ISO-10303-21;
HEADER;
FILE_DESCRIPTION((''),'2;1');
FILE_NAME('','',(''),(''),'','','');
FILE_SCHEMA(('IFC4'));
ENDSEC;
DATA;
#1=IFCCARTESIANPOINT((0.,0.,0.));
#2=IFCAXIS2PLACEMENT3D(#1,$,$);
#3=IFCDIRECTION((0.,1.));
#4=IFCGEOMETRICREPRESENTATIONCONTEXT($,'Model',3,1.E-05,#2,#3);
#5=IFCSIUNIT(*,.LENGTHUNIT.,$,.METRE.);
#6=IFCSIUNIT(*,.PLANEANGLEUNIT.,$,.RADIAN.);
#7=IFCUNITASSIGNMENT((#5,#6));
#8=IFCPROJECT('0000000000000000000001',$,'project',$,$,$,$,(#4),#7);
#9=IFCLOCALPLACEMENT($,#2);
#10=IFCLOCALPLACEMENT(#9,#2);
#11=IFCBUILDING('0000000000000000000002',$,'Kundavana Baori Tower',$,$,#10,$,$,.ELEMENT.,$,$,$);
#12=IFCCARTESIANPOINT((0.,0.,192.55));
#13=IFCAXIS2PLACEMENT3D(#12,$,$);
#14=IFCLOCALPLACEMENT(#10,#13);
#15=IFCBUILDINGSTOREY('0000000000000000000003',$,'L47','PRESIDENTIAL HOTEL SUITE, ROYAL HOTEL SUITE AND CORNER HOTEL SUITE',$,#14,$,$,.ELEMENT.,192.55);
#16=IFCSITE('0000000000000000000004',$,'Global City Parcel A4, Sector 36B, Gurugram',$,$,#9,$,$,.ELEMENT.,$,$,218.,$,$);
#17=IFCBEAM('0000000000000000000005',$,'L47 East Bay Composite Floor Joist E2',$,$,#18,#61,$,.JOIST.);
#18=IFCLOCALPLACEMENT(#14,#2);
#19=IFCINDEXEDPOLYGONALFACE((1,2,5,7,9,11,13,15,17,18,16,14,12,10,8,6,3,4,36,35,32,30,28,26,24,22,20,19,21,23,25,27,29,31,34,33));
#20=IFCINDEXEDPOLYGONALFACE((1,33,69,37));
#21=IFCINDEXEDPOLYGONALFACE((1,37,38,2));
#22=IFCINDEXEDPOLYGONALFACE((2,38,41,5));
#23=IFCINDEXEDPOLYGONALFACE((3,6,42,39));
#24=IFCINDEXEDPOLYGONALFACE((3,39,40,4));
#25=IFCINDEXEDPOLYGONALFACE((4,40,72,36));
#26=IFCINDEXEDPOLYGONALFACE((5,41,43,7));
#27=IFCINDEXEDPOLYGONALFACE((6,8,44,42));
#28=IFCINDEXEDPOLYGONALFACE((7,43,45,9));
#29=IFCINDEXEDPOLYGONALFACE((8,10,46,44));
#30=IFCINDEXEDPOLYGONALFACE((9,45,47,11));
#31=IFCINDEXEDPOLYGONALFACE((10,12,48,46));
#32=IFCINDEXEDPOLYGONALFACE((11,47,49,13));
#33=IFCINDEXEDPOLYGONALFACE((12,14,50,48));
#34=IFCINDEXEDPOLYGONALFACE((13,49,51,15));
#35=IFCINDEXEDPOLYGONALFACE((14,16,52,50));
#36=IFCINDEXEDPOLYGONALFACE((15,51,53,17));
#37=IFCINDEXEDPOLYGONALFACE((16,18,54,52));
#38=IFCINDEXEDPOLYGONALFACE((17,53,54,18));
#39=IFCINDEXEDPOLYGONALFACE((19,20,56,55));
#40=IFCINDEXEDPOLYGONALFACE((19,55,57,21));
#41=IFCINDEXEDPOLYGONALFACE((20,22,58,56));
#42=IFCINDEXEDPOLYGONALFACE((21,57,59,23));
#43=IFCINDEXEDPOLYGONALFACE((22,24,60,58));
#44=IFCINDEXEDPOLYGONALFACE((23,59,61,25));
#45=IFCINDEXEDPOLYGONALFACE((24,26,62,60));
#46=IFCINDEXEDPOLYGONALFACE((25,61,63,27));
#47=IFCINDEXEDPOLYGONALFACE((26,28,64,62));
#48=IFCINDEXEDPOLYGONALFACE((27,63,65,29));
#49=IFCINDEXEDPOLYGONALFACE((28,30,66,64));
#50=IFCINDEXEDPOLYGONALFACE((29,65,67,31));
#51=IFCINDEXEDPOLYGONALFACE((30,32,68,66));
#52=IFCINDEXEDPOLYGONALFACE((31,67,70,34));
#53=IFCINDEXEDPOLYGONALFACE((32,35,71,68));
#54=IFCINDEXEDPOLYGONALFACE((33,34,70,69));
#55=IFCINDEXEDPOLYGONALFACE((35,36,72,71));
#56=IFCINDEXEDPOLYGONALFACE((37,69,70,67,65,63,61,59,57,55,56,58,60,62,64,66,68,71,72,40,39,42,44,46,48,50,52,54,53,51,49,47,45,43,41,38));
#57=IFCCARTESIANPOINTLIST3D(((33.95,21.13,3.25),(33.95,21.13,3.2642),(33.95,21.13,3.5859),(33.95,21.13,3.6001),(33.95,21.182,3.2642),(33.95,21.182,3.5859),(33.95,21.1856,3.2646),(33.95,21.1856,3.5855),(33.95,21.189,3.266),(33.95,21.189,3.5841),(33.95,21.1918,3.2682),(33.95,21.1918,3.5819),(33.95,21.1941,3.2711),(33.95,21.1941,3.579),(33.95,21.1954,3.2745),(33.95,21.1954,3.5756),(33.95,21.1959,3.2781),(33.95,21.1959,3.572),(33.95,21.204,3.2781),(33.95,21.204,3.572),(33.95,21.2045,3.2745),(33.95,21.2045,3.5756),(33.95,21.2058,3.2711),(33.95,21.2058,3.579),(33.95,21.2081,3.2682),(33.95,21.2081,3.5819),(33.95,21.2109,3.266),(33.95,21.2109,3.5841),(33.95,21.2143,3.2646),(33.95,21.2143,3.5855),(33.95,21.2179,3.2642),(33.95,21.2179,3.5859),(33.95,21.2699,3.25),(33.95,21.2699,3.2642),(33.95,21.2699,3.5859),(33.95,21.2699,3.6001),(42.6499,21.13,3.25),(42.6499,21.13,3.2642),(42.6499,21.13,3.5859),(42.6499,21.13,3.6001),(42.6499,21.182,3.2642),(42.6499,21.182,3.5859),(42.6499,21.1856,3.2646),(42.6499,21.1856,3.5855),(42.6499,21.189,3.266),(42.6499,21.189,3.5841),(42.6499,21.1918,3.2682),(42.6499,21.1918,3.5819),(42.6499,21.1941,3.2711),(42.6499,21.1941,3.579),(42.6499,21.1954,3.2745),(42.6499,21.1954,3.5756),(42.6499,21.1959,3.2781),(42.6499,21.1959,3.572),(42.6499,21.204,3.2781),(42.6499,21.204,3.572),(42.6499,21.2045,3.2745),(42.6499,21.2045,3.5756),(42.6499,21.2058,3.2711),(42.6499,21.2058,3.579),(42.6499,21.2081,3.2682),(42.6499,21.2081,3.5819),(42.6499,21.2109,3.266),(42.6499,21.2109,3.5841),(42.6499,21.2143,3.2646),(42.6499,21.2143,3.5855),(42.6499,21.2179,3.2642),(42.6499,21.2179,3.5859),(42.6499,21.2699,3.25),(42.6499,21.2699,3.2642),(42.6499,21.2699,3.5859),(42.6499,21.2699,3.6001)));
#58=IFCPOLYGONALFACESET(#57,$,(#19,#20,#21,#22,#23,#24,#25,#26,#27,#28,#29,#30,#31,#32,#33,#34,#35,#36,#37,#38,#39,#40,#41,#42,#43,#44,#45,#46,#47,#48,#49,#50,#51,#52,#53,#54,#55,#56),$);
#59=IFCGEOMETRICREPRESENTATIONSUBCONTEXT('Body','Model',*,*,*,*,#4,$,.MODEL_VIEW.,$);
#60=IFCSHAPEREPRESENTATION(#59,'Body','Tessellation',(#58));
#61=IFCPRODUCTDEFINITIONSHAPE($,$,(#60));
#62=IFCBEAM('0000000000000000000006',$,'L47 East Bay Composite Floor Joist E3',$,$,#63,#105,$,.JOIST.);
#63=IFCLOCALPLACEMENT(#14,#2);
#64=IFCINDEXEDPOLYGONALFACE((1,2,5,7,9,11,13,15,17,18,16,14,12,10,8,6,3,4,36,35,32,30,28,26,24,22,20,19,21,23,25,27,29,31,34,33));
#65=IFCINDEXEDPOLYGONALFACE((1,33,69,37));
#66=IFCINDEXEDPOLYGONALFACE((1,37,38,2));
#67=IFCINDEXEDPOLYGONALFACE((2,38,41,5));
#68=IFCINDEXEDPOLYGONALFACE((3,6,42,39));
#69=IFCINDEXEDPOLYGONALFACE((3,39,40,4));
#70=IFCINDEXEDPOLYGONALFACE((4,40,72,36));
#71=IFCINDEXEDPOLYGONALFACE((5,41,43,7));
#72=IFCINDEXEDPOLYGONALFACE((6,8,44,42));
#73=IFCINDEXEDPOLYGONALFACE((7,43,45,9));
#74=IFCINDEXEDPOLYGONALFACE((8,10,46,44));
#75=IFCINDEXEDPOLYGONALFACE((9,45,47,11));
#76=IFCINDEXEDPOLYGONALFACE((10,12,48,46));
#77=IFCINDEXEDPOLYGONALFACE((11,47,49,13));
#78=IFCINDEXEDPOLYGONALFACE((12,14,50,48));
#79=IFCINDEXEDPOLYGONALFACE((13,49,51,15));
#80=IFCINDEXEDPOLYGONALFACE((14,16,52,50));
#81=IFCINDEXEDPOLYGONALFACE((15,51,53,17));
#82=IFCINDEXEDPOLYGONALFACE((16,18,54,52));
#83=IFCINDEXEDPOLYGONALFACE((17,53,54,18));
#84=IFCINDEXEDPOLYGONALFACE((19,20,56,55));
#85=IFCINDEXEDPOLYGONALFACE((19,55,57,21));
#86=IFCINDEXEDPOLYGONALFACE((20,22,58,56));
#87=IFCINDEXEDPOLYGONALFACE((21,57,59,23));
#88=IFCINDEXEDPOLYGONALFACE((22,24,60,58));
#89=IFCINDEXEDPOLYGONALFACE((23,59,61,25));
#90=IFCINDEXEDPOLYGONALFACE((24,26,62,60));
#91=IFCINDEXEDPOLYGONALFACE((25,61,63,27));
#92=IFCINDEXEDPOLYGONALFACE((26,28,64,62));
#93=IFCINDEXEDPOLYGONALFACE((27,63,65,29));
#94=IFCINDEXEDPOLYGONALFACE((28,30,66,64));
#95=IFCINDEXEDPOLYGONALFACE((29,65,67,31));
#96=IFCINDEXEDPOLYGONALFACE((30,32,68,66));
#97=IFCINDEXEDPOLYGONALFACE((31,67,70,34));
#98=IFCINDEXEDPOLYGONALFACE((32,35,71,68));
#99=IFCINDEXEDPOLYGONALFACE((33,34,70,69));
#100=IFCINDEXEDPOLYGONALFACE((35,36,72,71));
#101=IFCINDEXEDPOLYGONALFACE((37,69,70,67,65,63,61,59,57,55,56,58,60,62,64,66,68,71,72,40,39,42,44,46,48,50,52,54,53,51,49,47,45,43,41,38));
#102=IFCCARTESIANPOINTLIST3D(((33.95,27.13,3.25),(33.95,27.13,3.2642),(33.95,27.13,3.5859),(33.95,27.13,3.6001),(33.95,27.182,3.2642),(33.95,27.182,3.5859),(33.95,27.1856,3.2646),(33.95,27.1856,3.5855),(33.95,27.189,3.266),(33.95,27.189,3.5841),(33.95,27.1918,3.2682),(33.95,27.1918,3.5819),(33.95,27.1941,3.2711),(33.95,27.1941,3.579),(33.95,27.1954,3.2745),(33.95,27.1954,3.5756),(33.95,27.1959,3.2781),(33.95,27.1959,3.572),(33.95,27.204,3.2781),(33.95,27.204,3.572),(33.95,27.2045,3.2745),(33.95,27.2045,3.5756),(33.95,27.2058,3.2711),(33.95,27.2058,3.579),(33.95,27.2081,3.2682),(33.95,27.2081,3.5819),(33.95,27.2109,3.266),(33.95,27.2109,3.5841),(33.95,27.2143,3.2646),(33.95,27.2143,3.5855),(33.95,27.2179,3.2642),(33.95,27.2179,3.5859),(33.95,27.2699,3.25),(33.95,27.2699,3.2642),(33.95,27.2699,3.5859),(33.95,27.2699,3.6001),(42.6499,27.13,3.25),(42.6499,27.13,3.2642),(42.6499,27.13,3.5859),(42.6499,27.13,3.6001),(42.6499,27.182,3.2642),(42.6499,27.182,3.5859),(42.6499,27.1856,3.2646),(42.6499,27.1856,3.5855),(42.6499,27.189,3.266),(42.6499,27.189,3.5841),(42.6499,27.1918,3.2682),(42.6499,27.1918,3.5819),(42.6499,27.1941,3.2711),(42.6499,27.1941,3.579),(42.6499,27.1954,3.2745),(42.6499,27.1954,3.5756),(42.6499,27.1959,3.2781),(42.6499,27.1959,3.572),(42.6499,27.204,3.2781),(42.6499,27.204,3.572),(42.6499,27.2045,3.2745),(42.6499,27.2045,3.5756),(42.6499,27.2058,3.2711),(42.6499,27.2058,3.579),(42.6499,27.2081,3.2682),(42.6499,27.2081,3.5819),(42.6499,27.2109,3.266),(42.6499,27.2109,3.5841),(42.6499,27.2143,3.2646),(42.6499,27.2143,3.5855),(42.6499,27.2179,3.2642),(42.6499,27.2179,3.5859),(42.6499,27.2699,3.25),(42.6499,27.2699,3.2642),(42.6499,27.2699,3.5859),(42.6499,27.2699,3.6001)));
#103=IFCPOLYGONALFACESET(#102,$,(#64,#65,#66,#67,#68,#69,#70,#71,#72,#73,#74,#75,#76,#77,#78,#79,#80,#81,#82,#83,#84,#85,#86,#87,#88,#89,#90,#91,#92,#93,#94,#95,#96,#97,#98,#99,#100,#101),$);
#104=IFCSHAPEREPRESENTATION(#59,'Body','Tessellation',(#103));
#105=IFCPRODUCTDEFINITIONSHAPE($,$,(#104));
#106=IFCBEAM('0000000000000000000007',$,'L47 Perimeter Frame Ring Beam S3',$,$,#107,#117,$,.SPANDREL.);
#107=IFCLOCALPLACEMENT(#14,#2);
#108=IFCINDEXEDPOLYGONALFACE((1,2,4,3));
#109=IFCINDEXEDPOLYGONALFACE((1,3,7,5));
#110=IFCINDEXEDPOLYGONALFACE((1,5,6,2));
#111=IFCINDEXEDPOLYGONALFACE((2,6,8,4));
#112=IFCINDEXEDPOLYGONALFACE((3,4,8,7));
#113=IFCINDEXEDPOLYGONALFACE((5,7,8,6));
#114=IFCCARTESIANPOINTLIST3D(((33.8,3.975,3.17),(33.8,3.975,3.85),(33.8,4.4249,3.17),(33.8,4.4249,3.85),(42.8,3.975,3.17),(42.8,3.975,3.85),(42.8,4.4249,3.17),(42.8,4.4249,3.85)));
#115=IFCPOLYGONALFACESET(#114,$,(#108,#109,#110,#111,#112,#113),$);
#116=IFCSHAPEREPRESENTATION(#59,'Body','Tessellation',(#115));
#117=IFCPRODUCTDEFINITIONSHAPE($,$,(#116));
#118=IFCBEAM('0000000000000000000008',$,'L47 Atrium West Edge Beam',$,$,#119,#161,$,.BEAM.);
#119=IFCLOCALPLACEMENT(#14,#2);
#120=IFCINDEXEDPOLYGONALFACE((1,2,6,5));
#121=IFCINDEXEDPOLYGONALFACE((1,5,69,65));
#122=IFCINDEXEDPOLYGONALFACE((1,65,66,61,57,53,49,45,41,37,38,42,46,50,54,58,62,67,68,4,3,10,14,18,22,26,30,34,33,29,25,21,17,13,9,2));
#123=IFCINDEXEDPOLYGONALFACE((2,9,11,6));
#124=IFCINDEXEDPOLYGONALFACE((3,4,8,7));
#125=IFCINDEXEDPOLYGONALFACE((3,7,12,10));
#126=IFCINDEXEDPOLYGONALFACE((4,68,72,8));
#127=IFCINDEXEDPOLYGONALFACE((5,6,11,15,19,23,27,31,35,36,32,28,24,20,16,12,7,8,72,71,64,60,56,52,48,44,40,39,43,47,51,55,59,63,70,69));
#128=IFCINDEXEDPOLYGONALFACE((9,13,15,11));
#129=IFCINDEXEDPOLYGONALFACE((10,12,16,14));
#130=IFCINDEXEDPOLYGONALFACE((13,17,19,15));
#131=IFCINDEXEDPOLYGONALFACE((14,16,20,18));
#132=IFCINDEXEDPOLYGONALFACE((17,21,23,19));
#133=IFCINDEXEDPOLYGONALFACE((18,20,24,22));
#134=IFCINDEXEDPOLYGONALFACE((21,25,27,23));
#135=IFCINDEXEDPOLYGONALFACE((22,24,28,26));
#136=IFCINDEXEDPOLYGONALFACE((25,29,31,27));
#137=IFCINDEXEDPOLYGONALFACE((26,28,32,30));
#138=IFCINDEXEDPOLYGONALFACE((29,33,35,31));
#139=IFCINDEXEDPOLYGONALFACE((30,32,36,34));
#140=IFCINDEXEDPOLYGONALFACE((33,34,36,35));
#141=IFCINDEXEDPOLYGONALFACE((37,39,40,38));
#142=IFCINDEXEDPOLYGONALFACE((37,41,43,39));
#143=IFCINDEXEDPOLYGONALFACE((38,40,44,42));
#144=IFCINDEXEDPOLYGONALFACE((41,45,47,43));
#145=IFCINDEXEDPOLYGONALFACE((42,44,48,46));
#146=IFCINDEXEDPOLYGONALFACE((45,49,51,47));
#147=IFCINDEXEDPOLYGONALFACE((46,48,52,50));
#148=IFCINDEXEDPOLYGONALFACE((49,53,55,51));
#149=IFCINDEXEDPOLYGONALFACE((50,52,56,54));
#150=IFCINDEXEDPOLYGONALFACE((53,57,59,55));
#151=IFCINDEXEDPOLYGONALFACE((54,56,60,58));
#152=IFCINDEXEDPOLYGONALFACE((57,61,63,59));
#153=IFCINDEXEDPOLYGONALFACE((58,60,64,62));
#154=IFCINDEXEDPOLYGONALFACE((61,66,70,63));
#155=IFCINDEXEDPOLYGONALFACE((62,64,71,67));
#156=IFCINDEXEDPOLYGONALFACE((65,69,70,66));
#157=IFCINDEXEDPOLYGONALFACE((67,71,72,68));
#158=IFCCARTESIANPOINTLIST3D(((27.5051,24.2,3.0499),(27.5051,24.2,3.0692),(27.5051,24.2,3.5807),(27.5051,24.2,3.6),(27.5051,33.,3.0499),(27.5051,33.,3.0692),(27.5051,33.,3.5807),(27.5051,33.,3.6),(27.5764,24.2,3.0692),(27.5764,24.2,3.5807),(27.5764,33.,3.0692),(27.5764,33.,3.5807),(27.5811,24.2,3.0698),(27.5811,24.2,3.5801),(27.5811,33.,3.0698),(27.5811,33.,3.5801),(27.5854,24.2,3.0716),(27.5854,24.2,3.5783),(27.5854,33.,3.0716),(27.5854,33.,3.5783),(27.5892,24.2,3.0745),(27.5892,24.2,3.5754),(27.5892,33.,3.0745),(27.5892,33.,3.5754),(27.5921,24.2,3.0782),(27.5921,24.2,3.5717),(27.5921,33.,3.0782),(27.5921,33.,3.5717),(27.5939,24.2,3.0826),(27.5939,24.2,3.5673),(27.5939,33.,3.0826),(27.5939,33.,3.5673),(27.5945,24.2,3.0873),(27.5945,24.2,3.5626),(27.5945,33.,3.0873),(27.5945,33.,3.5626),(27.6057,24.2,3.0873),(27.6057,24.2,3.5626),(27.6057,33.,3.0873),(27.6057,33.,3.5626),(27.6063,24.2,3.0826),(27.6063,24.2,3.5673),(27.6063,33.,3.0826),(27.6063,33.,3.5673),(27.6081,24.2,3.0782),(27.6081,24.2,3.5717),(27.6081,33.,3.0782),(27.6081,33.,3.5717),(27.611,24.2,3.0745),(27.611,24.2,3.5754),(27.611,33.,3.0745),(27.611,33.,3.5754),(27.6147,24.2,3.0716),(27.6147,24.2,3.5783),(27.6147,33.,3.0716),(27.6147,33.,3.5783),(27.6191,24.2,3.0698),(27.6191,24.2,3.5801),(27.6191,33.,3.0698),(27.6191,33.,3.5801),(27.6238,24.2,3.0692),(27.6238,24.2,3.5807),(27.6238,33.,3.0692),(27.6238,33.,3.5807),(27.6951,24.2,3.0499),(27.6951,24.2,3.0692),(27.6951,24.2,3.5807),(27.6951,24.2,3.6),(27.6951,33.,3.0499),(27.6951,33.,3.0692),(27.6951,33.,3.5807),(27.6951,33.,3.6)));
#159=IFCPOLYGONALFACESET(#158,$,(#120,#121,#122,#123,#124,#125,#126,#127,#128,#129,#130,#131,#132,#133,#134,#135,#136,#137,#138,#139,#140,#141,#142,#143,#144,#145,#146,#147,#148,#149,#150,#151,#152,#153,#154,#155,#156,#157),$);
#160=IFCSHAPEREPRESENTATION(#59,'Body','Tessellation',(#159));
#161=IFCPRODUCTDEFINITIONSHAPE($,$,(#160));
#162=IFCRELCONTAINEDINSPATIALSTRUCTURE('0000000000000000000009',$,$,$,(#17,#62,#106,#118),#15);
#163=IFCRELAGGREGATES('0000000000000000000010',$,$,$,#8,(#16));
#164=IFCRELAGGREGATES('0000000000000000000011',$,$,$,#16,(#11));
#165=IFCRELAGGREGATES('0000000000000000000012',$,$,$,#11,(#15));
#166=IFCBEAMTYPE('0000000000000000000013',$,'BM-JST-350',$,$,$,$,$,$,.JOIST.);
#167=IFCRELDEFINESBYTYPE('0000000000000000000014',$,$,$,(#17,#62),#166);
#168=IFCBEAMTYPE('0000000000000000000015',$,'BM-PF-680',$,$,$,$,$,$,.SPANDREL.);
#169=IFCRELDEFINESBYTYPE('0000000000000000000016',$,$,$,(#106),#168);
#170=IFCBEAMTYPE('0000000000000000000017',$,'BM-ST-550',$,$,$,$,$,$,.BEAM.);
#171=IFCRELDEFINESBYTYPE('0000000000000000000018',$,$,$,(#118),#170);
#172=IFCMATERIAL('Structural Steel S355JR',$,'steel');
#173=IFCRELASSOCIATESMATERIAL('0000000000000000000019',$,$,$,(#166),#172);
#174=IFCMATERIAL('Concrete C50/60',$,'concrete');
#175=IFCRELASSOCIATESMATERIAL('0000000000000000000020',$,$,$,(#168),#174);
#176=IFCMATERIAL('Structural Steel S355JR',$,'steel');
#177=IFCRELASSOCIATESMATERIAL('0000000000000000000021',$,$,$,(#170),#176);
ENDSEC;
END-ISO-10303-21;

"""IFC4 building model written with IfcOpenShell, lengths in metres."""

from ifc_helpers import new_model, si_unit, direction, frame, origin, origin_2d, place, context, subcontext, project, spatial, rectangle, i_section, extrude, material, material_profile, profile_set, type_object, element, save


model = new_model("IFC4")

# Units and contexts
model_context = context("Model", 3, precision=1e-05, world=origin(), true_north=direction((0.0, 1.0)))
body_context = subcontext(model_context, "Body", "Model", "MODEL_VIEW")
ifc_project = project(units=[si_unit("LENGTHUNIT", "METRE"), si_unit("PLANEANGLEUNIT", "RADIAN")], contexts=[model_context])

# Site, building, storey
site_placement = place(None, origin())
site = spatial("IfcSite", under=ifc_project, at=site_placement, Name="Global City Parcel A4, Sector 36B, Gurugram", CompositionType="ELEMENT", RefElevation=218.0)
building_placement = place(site_placement, origin())
building = spatial("IfcBuilding", under=site, at=building_placement, Name="Kundavana Baori Tower", CompositionType="ELEMENT")
storey_placement = place(building_placement, frame((0.0, 0.0, 192.55)))
storey = spatial("IfcBuildingStorey", under=building, at=storey_placement, Name="L47", Description="PRESIDENTIAL HOTEL SUITE, ROYAL HOTEL SUITE AND CORNER HOTEL SUITE", CompositionType="ELEMENT", Elevation=192.55)

# Beams
ifc_material_1 = material(Name="Structural Steel S355JR", Category="steel")
ifc_material_profile_1 = material_profile(ifc_material_1, i_section(OverallWidth=0.1399, OverallDepth=0.3501, WebThickness=0.0081, FlangeThickness=0.0142, FilletRadius=0.0139, at=origin_2d()), Name="ISMB 350")
ifc_profile_set_1 = profile_set([ifc_material_profile_1], Name="Structural Steel S355JR")
beam_type_1 = type_object("IfcBeamType", Name="BM-JST-350", PredefinedType="JOIST", material=ifc_profile_set_1)
for number, where, z_axis, x_axis, name in (
    (1, (33.95, 21.2, 3.425), (1.0, 0.0, 0.0), (0.0, 1.0, 0.0), "L47 East Bay Composite Floor Joist E2"),
    (2, (33.95, 27.2, 3.425), (1.0, 0.0, 0.0), (0.0, 1.0, 0.0), "L47 East Bay Composite Floor Joist E3"),
):
    element("IfcBeam", number, at=place(storey_placement, frame(where, z_axis=z_axis, x_axis=x_axis)), inside=storey, type_object=beam_type_1, Name=name, PredefinedType="JOIST", context=body_context, shape_type="SweptSolid", body=[
        extrude(i_section(OverallWidth=0.1399, OverallDepth=0.3501, WebThickness=0.0081, FlangeThickness=0.0142, FilletRadius=0.0139, at=origin_2d()), origin(), (0.0, 0.0, 1.0), 8.7),
    ])
ifc_material_2 = material(Name="Concrete C50/60", Category="concrete")
ifc_material_profile_2 = material_profile(ifc_material_2, rectangle(XDim=0.45, YDim=0.6799, at=origin_2d()), Name="RC BM 450x680")
ifc_profile_set_2 = profile_set([ifc_material_profile_2], Name="Concrete C50/60")
beam_type_2 = type_object("IfcBeamType", Name="BM-PF-680", PredefinedType="SPANDREL", material=ifc_profile_set_2)
beam_1_placement = place(storey_placement, frame((33.8, 4.2, 3.51), z_axis=(1.0, 0.0, 0.0), x_axis=(0.0, 1.0, 0.0)))
element("IfcBeam", 3, at=beam_1_placement, inside=storey, type_object=beam_type_2, Name="L47 Perimeter Frame Ring Beam S3", PredefinedType="SPANDREL", context=body_context, shape_type="SweptSolid", body=[
    extrude(rectangle(XDim=0.45, YDim=0.6799, at=origin_2d()), origin(), (0.0, 0.0, 1.0), 9.0),
])
ifc_material_3 = material(Name="Structural Steel S355JR", Category="steel")
ifc_material_profile_3 = material_profile(ifc_material_3, i_section(OverallWidth=0.1899, OverallDepth=0.55, WebThickness=0.0112, FlangeThickness=0.0193, FilletRadius=0.0181, at=origin_2d()), Name="ISMB 550")
ifc_profile_set_3 = profile_set([ifc_material_profile_3], Name="Structural Steel S355JR")
beam_type_3 = type_object("IfcBeamType", Name="BM-ST-550", PredefinedType="BEAM", material=ifc_profile_set_3)
for number, where, z_axis, x_axis, name in (
    (4, (27.6001, 24.2, 3.325), (0.0, 1.0, 0.0), (-1.0, 0.0, 0.0), "L47 Atrium West Edge Beam"),
):
    element("IfcBeam", number, at=place(storey_placement, frame(where, z_axis=z_axis, x_axis=x_axis)), inside=storey, type_object=beam_type_3, Name=name, PredefinedType="BEAM", context=body_context, shape_type="SweptSolid", body=[
        extrude(i_section(OverallWidth=0.1899, OverallDepth=0.55, WebThickness=0.0112, FlangeThickness=0.0193, FilletRadius=0.0181, at=origin_2d()), origin(), (0.0, 0.0, 1.0), 8.8),
    ])

save(model, "model.ifc")
